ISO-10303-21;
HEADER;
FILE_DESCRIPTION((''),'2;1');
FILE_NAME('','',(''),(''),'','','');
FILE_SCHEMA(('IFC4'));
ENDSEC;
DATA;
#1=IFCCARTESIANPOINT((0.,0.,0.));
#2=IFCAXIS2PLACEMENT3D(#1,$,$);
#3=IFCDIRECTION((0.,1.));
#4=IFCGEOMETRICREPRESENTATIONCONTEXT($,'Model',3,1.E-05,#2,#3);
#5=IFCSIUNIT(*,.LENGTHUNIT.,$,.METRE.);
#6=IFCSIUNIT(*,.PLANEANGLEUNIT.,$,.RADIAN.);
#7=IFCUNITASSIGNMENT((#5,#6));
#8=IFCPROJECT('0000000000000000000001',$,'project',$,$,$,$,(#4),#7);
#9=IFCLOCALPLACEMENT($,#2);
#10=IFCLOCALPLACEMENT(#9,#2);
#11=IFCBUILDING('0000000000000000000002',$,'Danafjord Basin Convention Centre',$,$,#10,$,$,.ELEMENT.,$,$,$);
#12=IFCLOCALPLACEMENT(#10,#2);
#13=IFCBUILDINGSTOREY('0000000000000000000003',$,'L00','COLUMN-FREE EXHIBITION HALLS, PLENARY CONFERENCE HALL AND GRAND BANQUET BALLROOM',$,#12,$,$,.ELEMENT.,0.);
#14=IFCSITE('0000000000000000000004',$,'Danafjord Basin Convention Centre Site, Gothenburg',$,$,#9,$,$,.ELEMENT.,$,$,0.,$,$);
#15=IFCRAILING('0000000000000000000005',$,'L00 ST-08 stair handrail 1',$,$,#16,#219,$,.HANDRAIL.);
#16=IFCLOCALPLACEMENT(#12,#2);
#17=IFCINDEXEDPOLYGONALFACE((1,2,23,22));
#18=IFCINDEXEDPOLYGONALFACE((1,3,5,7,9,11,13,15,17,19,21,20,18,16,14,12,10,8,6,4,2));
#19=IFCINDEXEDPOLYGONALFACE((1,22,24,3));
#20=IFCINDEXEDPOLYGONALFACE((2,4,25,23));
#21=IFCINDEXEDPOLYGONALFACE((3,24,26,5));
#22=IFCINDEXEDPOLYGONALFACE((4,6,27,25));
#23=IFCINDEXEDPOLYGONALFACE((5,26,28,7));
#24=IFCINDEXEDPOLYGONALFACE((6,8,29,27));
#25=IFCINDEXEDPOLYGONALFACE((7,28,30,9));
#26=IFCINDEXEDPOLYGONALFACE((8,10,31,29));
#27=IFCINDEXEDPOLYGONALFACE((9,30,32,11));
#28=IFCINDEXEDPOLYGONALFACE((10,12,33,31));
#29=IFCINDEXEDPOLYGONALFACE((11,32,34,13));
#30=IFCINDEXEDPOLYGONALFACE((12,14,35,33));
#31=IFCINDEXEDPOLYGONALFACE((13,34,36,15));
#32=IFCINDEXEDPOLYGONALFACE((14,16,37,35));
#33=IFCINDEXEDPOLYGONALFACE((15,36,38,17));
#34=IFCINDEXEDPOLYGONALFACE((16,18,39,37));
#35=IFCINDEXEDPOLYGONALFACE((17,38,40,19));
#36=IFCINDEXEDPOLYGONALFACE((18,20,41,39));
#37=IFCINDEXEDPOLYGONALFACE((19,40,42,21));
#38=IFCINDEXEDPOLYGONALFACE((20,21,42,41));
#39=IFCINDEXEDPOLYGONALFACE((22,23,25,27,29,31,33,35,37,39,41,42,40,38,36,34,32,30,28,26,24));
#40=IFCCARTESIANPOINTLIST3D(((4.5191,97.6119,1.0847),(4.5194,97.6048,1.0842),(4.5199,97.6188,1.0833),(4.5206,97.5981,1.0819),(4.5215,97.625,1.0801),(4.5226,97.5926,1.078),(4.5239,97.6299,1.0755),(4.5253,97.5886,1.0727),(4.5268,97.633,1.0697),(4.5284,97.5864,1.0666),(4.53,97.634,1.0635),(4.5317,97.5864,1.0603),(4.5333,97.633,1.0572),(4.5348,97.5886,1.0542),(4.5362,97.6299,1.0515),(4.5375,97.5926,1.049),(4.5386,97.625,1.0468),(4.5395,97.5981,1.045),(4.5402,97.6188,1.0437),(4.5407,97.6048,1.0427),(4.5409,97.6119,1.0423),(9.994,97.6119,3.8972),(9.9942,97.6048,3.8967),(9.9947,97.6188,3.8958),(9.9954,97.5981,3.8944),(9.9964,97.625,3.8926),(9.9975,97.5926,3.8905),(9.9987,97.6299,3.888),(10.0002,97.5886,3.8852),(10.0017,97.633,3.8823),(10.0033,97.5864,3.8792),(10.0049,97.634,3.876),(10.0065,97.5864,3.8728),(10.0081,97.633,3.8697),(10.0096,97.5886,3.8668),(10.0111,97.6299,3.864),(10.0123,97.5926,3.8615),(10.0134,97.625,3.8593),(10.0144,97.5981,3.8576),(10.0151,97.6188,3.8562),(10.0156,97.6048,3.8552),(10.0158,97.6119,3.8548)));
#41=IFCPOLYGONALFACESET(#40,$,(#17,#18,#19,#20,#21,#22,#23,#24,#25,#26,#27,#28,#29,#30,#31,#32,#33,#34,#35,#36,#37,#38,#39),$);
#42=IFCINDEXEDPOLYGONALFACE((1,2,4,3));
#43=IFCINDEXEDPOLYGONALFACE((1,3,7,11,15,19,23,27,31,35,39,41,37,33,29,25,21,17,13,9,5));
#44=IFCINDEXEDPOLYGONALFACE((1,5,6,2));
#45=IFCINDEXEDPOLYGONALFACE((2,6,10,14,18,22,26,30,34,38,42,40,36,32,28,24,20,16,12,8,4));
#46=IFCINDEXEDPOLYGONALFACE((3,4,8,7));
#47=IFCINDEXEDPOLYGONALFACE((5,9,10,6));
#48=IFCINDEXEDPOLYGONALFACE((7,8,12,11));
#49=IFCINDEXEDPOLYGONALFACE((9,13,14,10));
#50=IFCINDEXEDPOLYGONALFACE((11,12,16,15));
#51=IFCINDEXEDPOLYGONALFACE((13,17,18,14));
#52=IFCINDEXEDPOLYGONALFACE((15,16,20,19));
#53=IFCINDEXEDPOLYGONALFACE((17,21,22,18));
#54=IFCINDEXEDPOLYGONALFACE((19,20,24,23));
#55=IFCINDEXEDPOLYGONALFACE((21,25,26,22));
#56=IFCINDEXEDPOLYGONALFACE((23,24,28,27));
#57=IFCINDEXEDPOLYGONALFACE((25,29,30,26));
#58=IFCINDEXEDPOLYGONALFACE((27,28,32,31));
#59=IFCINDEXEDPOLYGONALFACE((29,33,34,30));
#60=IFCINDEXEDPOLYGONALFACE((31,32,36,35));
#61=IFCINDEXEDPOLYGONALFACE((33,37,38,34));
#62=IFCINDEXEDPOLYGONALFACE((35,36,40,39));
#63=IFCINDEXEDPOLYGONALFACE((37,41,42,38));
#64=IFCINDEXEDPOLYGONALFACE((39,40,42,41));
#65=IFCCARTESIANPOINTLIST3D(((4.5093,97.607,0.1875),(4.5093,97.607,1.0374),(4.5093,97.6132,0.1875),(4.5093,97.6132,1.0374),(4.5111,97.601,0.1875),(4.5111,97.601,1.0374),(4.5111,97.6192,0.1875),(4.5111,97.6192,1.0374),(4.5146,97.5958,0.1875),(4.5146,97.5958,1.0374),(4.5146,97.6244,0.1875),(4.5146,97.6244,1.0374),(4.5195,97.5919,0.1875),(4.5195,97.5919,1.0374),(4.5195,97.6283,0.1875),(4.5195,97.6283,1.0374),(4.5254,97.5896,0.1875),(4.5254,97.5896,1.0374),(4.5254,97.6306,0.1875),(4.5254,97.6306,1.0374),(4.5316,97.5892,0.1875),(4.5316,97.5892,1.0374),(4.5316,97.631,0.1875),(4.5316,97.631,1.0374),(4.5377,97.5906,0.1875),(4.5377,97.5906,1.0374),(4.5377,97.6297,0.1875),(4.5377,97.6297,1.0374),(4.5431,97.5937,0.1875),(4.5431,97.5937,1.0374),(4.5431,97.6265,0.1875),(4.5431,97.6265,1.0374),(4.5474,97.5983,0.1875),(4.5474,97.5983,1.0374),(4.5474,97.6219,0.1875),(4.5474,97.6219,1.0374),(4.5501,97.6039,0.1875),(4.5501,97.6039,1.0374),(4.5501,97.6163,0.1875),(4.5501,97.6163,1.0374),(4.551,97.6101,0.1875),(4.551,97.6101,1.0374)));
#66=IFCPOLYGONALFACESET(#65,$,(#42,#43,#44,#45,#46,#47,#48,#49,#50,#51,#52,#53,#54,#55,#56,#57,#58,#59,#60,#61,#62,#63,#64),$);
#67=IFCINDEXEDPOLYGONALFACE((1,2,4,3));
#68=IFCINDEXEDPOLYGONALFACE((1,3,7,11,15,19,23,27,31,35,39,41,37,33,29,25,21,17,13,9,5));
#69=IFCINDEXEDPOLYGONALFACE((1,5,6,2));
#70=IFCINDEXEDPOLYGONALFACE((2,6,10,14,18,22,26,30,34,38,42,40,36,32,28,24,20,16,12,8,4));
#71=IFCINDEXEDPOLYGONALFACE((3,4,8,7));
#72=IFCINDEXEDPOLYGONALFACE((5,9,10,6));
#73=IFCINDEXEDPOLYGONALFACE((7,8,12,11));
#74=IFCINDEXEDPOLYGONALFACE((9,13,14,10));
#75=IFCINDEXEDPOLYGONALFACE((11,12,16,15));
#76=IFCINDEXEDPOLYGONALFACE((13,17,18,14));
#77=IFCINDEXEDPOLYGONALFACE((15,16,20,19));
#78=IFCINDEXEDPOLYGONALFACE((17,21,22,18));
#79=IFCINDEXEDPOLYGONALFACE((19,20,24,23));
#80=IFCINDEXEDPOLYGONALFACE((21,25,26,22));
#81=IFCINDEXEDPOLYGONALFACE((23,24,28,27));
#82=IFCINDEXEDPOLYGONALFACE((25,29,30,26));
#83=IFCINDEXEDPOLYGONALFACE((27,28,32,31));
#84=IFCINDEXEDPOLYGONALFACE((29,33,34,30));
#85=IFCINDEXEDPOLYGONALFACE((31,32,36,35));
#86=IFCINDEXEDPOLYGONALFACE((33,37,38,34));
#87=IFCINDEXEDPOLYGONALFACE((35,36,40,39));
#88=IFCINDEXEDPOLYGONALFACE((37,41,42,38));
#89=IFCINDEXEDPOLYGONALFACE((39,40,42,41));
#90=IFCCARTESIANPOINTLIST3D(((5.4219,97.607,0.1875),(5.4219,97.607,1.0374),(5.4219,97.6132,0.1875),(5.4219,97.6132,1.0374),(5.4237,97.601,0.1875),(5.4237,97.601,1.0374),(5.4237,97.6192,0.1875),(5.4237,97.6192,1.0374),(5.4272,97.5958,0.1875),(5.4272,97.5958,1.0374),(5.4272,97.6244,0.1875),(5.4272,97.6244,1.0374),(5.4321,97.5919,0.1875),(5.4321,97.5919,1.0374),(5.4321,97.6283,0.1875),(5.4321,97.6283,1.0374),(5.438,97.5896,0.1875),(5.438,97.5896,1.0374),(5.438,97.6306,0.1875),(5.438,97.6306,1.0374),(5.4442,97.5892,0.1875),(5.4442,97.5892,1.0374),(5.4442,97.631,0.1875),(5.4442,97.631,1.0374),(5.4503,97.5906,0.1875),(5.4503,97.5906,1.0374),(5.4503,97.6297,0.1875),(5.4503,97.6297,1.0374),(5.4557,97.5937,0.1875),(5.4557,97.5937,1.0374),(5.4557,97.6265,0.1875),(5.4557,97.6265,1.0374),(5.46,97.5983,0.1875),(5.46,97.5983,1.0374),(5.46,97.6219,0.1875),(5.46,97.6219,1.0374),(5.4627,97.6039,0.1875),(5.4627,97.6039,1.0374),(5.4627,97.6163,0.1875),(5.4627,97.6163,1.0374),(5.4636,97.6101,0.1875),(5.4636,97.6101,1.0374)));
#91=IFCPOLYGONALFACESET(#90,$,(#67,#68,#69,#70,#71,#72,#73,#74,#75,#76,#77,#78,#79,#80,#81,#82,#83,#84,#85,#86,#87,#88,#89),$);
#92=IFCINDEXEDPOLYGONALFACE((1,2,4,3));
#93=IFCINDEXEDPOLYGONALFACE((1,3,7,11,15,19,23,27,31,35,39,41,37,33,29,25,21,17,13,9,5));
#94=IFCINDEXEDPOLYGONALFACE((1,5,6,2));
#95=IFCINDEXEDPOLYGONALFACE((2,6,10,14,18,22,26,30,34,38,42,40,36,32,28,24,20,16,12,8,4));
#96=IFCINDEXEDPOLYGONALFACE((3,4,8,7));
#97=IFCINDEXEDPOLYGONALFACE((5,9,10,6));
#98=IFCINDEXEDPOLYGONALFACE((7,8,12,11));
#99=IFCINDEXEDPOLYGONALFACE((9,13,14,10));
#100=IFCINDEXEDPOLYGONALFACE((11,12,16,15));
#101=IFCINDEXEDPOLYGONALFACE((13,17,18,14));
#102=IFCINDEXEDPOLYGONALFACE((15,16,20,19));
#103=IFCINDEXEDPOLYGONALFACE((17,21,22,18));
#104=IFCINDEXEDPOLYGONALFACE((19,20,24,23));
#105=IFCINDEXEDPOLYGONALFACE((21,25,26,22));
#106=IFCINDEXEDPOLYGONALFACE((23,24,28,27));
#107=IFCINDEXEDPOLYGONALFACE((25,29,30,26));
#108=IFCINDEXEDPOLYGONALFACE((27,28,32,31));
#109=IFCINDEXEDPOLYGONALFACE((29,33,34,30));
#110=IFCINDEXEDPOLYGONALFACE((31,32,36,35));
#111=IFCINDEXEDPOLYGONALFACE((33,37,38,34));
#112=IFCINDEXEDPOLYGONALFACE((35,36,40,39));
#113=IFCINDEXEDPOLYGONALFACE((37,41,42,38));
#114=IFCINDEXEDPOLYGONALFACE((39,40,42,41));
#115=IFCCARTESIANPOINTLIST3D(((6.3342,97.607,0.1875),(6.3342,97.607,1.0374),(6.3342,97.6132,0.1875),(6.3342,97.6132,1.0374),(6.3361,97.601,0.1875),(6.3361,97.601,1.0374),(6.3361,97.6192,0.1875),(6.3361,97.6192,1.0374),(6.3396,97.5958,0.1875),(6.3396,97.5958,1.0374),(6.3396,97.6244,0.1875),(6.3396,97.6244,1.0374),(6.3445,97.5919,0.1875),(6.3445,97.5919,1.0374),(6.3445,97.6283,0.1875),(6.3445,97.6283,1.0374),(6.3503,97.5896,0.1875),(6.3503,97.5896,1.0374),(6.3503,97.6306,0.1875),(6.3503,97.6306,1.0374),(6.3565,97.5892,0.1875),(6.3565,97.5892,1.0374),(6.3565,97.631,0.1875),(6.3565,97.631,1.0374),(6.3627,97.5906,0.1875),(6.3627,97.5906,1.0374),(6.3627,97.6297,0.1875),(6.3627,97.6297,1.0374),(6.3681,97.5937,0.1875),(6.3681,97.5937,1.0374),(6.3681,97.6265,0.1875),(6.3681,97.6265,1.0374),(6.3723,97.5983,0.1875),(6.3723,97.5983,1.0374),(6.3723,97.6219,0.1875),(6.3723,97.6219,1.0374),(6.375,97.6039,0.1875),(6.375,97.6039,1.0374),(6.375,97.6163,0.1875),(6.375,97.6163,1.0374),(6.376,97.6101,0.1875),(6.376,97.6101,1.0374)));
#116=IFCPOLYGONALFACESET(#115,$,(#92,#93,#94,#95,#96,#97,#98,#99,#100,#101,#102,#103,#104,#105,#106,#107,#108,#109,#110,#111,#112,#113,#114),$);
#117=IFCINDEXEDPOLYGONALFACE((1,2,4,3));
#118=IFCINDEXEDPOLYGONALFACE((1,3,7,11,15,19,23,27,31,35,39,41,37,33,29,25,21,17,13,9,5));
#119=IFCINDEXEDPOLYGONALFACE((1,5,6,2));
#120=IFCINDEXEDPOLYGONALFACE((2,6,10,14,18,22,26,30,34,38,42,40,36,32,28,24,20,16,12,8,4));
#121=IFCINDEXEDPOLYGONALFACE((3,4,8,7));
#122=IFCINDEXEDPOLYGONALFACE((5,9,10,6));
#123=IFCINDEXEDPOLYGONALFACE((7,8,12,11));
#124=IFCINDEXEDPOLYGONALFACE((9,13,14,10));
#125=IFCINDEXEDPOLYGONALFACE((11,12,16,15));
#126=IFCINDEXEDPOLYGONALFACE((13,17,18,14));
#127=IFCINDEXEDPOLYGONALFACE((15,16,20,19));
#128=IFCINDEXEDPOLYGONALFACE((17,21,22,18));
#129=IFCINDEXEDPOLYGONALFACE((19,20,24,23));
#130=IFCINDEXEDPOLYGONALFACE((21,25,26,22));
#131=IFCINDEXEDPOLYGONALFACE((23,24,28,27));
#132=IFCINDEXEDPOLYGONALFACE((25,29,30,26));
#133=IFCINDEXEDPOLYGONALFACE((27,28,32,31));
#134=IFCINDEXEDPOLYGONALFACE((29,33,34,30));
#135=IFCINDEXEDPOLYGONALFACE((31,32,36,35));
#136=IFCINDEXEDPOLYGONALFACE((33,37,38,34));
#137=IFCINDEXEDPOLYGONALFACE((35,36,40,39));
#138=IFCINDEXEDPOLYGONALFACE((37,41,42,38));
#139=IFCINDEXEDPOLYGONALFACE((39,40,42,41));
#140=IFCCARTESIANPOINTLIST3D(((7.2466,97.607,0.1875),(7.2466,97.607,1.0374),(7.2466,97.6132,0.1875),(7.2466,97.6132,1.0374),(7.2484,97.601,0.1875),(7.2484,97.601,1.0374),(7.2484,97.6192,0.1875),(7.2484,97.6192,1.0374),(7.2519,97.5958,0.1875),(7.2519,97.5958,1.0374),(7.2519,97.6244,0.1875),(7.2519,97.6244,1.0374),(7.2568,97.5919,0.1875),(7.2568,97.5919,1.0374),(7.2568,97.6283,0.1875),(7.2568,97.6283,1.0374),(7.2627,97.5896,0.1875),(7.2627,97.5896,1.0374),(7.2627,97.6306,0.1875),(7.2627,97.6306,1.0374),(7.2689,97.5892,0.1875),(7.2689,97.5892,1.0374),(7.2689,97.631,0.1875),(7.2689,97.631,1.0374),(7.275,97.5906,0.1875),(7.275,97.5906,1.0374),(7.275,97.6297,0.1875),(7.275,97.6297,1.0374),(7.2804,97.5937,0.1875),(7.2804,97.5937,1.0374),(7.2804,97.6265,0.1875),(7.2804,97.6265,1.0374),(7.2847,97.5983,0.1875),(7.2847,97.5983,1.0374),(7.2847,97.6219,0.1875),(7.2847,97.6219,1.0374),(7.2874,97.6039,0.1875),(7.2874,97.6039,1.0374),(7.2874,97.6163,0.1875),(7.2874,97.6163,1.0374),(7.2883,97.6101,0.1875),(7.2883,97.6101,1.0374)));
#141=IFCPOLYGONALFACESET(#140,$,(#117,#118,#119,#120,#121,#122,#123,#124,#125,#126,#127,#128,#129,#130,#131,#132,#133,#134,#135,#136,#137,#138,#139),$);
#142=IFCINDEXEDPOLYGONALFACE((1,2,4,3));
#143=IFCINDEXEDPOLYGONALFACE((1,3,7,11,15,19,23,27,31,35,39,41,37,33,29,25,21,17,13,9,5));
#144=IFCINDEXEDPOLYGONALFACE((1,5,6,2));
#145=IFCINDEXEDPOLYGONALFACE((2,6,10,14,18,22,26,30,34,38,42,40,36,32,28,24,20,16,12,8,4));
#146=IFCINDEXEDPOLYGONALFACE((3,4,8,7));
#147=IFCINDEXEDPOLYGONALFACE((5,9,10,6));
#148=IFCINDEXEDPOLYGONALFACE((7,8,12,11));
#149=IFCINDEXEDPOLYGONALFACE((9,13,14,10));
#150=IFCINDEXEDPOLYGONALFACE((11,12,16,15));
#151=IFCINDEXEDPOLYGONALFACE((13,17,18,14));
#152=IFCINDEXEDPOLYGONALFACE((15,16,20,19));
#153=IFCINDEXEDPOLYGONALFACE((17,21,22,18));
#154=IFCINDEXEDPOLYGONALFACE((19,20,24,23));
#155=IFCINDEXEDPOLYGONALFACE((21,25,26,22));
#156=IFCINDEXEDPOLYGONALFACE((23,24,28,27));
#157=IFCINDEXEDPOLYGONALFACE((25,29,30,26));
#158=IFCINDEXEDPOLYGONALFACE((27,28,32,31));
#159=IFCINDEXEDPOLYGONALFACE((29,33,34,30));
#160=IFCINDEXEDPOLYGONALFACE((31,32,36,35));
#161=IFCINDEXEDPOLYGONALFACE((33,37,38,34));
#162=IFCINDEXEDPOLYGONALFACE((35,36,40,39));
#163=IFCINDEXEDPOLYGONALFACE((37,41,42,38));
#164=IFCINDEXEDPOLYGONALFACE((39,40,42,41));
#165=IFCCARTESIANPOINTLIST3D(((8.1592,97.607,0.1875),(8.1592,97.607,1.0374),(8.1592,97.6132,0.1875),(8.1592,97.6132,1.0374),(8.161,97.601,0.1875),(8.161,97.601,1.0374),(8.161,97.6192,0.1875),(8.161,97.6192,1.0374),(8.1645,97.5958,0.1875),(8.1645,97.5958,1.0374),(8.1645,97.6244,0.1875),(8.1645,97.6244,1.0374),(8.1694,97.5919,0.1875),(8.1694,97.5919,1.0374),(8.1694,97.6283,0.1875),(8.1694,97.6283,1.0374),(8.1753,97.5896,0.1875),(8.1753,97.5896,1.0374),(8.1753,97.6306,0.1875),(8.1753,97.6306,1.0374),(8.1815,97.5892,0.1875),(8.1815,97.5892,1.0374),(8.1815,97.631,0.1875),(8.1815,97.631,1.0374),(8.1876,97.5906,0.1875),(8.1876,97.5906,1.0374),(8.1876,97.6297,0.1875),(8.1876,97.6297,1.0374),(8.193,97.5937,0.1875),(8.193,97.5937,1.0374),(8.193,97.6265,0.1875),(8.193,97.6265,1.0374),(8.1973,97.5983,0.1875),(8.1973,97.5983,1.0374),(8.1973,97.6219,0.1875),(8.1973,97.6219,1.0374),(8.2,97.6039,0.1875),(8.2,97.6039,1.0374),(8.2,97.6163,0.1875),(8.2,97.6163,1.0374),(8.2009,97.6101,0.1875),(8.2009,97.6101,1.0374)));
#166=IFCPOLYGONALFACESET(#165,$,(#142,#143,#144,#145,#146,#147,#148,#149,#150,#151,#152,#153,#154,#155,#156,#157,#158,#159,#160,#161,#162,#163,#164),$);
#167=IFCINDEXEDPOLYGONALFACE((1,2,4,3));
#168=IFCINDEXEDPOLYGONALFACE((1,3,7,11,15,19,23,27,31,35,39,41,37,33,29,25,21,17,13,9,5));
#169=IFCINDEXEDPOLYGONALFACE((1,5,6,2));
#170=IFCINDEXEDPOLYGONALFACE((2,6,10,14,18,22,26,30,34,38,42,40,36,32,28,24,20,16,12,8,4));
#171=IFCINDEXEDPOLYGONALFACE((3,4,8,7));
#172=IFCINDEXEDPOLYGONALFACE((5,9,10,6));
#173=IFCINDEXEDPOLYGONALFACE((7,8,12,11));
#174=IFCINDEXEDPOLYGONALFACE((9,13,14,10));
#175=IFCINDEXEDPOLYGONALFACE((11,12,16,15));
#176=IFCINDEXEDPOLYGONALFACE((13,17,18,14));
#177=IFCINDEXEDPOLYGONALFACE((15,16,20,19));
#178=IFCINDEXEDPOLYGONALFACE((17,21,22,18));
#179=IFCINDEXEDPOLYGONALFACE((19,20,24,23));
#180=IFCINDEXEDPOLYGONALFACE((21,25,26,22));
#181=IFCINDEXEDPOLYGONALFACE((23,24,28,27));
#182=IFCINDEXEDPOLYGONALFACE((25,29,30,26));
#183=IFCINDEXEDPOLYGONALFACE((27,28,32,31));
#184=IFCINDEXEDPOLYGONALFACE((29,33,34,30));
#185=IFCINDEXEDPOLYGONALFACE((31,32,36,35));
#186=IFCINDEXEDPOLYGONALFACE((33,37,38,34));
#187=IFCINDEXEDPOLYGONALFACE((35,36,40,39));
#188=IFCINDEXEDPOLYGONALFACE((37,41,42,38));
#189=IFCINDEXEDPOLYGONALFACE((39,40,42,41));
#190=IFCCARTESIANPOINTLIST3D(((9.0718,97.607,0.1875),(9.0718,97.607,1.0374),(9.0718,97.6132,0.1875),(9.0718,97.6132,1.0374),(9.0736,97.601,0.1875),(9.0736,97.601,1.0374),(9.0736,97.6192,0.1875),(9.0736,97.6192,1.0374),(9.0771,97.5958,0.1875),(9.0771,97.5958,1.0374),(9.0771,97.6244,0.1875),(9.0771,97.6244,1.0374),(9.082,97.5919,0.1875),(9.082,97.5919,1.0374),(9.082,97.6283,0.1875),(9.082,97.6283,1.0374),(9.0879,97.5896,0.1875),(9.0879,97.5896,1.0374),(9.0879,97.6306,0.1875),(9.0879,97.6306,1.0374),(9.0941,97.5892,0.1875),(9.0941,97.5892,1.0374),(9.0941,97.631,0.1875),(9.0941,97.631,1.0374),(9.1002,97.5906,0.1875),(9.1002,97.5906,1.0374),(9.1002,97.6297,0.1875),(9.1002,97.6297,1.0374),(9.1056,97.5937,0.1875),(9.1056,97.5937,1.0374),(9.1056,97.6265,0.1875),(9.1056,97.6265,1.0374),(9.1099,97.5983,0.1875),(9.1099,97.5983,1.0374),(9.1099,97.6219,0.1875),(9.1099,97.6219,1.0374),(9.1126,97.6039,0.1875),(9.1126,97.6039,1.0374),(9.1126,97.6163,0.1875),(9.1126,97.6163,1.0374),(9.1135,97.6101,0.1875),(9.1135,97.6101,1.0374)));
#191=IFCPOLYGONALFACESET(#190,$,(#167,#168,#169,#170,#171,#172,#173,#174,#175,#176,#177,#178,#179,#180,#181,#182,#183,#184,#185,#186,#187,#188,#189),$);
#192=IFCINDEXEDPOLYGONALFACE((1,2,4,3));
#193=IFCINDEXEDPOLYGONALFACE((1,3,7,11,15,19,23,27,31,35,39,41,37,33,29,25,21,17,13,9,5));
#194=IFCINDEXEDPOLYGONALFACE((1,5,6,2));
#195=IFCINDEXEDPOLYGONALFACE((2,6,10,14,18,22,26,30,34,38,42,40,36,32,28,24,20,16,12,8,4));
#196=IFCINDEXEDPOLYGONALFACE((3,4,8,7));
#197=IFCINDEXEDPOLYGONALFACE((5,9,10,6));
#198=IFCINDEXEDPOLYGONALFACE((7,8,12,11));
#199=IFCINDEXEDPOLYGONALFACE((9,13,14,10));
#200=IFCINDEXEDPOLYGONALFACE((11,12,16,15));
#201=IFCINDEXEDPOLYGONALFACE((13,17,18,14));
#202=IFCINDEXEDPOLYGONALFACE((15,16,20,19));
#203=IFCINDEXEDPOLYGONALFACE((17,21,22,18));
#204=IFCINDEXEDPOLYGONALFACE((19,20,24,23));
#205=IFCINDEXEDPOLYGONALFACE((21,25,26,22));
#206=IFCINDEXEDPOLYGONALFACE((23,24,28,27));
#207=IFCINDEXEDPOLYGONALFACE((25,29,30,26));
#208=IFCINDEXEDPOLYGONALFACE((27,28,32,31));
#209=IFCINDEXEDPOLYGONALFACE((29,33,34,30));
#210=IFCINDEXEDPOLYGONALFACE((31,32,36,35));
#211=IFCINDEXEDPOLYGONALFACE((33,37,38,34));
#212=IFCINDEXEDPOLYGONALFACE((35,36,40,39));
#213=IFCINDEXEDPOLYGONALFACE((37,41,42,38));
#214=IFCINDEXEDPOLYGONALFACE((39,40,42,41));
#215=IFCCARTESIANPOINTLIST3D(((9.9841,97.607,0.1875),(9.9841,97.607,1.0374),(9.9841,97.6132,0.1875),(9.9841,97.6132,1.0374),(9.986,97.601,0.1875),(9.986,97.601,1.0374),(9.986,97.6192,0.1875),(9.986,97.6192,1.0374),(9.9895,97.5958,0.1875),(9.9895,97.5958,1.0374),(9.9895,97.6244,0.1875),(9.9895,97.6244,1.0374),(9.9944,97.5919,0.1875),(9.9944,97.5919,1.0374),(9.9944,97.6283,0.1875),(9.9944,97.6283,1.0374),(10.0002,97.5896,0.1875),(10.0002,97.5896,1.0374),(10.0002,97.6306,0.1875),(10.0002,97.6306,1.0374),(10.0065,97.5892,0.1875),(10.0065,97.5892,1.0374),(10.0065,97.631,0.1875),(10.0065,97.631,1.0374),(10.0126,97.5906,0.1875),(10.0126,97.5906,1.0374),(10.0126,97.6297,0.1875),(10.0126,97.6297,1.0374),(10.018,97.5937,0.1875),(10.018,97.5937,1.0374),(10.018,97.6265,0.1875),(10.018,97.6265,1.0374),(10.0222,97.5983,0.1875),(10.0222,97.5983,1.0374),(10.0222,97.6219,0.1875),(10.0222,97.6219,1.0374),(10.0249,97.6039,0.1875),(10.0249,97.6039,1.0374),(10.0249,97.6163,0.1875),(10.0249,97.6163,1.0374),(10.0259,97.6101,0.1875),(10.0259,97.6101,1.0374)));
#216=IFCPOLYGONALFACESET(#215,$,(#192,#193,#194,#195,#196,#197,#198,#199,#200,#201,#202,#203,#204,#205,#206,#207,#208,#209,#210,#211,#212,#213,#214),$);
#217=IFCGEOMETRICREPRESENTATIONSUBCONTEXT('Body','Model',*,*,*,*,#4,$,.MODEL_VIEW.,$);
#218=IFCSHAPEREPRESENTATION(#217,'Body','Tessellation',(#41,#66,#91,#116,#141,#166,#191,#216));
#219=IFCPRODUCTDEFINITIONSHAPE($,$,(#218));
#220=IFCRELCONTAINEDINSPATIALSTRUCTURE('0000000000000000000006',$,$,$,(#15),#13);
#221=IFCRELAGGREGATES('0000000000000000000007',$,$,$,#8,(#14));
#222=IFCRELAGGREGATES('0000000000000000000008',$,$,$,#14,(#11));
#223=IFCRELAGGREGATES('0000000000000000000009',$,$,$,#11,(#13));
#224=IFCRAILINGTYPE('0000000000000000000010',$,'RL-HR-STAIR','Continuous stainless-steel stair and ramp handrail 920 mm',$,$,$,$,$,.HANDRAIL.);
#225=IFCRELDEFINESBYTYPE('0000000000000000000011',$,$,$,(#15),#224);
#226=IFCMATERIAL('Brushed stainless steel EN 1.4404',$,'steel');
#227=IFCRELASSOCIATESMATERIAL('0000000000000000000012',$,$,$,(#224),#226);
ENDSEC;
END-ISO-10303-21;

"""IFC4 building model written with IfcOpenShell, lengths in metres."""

from ifc_helpers import new_model, si_unit, direction, frame, origin, origin_2d, place, context, subcontext, project, spatial, circle, extrude, material, type_object, element, save


model = new_model("IFC4")

# Units and contexts
model_context = context("Model", 3, precision=1e-05, world=origin(), true_north=direction((0.0, 1.0)))
body_context = subcontext(model_context, "Body", "Model", "MODEL_VIEW")
ifc_project = project(units=[si_unit("LENGTHUNIT", "METRE"), si_unit("PLANEANGLEUNIT", "RADIAN")], contexts=[model_context])

# Site, building, storey
site_placement = place(None, origin())
site = spatial("IfcSite", under=ifc_project, at=site_placement, Name="Danafjord Basin Convention Centre Site, Gothenburg", CompositionType="ELEMENT", RefElevation=0.0)
building_placement = place(site_placement, origin())
building = spatial("IfcBuilding", under=site, at=building_placement, Name="Danafjord Basin Convention Centre", CompositionType="ELEMENT")
storey_placement = place(building_placement, origin())
storey = spatial("IfcBuildingStorey", under=building, at=storey_placement, Name="L00", Description="COLUMN-FREE EXHIBITION HALLS, PLENARY CONFERENCE HALL AND GRAND BANQUET BALLROOM", CompositionType="ELEMENT", Elevation=0.0)

# Railing
ifc_material_1 = material(Name="Brushed stainless steel EN 1.4404", Category="steel")
railing_type_1 = type_object("IfcRailingType", Name="RL-HR-STAIR", Description="Continuous stainless-steel stair and ramp handrail 920 mm", PredefinedType="HANDRAIL", material=ifc_material_1)
railing_1_placement = place(storey_placement, frame((4.53, 97.6101, 0.1875)))
element("IfcRailing", 1, at=railing_1_placement, inside=storey, type_object=railing_type_1, Name="L00 ST-08 stair handrail 1", PredefinedType="HANDRAIL", context=body_context, shape_type="SweptSolid", body=[
    extrude(circle(Radius=0.0239, at=origin_2d()), frame((0.0, 0.0, 0.876), z_axis=(0.889495, 0.0, 0.456945), x_axis=(0.0, 1.0, 0.0)), (0.0, 0.0, 1.0), 6.155),
    extrude(circle(Radius=0.021, at=origin_2d()), origin(), (0.0, 0.0, 1.0), 0.8499),
    extrude(circle(Radius=0.021, at=origin_2d()), frame((0.9126, 0.0, 0.0)), (0.0, 0.0, 1.0), 0.8499),
    extrude(circle(Radius=0.021, at=origin_2d()), frame((1.825, 0.0, 0.0)), (0.0, 0.0, 1.0), 0.8499),
    extrude(circle(Radius=0.021, at=origin_2d()), frame((2.7373, 0.0, 0.0)), (0.0, 0.0, 1.0), 0.8499),
    extrude(circle(Radius=0.021, at=origin_2d()), frame((3.6499, 0.0, 0.0)), (0.0, 0.0, 1.0), 0.8499),
    extrude(circle(Radius=0.021, at=origin_2d()), frame((4.5625, 0.0, 0.0)), (0.0, 0.0, 1.0), 0.8499),
    extrude(circle(Radius=0.021, at=origin_2d()), frame((5.4749, 0.0, 0.0)), (0.0, 0.0, 1.0), 0.8499),
])

save(model, "model.ifc")
